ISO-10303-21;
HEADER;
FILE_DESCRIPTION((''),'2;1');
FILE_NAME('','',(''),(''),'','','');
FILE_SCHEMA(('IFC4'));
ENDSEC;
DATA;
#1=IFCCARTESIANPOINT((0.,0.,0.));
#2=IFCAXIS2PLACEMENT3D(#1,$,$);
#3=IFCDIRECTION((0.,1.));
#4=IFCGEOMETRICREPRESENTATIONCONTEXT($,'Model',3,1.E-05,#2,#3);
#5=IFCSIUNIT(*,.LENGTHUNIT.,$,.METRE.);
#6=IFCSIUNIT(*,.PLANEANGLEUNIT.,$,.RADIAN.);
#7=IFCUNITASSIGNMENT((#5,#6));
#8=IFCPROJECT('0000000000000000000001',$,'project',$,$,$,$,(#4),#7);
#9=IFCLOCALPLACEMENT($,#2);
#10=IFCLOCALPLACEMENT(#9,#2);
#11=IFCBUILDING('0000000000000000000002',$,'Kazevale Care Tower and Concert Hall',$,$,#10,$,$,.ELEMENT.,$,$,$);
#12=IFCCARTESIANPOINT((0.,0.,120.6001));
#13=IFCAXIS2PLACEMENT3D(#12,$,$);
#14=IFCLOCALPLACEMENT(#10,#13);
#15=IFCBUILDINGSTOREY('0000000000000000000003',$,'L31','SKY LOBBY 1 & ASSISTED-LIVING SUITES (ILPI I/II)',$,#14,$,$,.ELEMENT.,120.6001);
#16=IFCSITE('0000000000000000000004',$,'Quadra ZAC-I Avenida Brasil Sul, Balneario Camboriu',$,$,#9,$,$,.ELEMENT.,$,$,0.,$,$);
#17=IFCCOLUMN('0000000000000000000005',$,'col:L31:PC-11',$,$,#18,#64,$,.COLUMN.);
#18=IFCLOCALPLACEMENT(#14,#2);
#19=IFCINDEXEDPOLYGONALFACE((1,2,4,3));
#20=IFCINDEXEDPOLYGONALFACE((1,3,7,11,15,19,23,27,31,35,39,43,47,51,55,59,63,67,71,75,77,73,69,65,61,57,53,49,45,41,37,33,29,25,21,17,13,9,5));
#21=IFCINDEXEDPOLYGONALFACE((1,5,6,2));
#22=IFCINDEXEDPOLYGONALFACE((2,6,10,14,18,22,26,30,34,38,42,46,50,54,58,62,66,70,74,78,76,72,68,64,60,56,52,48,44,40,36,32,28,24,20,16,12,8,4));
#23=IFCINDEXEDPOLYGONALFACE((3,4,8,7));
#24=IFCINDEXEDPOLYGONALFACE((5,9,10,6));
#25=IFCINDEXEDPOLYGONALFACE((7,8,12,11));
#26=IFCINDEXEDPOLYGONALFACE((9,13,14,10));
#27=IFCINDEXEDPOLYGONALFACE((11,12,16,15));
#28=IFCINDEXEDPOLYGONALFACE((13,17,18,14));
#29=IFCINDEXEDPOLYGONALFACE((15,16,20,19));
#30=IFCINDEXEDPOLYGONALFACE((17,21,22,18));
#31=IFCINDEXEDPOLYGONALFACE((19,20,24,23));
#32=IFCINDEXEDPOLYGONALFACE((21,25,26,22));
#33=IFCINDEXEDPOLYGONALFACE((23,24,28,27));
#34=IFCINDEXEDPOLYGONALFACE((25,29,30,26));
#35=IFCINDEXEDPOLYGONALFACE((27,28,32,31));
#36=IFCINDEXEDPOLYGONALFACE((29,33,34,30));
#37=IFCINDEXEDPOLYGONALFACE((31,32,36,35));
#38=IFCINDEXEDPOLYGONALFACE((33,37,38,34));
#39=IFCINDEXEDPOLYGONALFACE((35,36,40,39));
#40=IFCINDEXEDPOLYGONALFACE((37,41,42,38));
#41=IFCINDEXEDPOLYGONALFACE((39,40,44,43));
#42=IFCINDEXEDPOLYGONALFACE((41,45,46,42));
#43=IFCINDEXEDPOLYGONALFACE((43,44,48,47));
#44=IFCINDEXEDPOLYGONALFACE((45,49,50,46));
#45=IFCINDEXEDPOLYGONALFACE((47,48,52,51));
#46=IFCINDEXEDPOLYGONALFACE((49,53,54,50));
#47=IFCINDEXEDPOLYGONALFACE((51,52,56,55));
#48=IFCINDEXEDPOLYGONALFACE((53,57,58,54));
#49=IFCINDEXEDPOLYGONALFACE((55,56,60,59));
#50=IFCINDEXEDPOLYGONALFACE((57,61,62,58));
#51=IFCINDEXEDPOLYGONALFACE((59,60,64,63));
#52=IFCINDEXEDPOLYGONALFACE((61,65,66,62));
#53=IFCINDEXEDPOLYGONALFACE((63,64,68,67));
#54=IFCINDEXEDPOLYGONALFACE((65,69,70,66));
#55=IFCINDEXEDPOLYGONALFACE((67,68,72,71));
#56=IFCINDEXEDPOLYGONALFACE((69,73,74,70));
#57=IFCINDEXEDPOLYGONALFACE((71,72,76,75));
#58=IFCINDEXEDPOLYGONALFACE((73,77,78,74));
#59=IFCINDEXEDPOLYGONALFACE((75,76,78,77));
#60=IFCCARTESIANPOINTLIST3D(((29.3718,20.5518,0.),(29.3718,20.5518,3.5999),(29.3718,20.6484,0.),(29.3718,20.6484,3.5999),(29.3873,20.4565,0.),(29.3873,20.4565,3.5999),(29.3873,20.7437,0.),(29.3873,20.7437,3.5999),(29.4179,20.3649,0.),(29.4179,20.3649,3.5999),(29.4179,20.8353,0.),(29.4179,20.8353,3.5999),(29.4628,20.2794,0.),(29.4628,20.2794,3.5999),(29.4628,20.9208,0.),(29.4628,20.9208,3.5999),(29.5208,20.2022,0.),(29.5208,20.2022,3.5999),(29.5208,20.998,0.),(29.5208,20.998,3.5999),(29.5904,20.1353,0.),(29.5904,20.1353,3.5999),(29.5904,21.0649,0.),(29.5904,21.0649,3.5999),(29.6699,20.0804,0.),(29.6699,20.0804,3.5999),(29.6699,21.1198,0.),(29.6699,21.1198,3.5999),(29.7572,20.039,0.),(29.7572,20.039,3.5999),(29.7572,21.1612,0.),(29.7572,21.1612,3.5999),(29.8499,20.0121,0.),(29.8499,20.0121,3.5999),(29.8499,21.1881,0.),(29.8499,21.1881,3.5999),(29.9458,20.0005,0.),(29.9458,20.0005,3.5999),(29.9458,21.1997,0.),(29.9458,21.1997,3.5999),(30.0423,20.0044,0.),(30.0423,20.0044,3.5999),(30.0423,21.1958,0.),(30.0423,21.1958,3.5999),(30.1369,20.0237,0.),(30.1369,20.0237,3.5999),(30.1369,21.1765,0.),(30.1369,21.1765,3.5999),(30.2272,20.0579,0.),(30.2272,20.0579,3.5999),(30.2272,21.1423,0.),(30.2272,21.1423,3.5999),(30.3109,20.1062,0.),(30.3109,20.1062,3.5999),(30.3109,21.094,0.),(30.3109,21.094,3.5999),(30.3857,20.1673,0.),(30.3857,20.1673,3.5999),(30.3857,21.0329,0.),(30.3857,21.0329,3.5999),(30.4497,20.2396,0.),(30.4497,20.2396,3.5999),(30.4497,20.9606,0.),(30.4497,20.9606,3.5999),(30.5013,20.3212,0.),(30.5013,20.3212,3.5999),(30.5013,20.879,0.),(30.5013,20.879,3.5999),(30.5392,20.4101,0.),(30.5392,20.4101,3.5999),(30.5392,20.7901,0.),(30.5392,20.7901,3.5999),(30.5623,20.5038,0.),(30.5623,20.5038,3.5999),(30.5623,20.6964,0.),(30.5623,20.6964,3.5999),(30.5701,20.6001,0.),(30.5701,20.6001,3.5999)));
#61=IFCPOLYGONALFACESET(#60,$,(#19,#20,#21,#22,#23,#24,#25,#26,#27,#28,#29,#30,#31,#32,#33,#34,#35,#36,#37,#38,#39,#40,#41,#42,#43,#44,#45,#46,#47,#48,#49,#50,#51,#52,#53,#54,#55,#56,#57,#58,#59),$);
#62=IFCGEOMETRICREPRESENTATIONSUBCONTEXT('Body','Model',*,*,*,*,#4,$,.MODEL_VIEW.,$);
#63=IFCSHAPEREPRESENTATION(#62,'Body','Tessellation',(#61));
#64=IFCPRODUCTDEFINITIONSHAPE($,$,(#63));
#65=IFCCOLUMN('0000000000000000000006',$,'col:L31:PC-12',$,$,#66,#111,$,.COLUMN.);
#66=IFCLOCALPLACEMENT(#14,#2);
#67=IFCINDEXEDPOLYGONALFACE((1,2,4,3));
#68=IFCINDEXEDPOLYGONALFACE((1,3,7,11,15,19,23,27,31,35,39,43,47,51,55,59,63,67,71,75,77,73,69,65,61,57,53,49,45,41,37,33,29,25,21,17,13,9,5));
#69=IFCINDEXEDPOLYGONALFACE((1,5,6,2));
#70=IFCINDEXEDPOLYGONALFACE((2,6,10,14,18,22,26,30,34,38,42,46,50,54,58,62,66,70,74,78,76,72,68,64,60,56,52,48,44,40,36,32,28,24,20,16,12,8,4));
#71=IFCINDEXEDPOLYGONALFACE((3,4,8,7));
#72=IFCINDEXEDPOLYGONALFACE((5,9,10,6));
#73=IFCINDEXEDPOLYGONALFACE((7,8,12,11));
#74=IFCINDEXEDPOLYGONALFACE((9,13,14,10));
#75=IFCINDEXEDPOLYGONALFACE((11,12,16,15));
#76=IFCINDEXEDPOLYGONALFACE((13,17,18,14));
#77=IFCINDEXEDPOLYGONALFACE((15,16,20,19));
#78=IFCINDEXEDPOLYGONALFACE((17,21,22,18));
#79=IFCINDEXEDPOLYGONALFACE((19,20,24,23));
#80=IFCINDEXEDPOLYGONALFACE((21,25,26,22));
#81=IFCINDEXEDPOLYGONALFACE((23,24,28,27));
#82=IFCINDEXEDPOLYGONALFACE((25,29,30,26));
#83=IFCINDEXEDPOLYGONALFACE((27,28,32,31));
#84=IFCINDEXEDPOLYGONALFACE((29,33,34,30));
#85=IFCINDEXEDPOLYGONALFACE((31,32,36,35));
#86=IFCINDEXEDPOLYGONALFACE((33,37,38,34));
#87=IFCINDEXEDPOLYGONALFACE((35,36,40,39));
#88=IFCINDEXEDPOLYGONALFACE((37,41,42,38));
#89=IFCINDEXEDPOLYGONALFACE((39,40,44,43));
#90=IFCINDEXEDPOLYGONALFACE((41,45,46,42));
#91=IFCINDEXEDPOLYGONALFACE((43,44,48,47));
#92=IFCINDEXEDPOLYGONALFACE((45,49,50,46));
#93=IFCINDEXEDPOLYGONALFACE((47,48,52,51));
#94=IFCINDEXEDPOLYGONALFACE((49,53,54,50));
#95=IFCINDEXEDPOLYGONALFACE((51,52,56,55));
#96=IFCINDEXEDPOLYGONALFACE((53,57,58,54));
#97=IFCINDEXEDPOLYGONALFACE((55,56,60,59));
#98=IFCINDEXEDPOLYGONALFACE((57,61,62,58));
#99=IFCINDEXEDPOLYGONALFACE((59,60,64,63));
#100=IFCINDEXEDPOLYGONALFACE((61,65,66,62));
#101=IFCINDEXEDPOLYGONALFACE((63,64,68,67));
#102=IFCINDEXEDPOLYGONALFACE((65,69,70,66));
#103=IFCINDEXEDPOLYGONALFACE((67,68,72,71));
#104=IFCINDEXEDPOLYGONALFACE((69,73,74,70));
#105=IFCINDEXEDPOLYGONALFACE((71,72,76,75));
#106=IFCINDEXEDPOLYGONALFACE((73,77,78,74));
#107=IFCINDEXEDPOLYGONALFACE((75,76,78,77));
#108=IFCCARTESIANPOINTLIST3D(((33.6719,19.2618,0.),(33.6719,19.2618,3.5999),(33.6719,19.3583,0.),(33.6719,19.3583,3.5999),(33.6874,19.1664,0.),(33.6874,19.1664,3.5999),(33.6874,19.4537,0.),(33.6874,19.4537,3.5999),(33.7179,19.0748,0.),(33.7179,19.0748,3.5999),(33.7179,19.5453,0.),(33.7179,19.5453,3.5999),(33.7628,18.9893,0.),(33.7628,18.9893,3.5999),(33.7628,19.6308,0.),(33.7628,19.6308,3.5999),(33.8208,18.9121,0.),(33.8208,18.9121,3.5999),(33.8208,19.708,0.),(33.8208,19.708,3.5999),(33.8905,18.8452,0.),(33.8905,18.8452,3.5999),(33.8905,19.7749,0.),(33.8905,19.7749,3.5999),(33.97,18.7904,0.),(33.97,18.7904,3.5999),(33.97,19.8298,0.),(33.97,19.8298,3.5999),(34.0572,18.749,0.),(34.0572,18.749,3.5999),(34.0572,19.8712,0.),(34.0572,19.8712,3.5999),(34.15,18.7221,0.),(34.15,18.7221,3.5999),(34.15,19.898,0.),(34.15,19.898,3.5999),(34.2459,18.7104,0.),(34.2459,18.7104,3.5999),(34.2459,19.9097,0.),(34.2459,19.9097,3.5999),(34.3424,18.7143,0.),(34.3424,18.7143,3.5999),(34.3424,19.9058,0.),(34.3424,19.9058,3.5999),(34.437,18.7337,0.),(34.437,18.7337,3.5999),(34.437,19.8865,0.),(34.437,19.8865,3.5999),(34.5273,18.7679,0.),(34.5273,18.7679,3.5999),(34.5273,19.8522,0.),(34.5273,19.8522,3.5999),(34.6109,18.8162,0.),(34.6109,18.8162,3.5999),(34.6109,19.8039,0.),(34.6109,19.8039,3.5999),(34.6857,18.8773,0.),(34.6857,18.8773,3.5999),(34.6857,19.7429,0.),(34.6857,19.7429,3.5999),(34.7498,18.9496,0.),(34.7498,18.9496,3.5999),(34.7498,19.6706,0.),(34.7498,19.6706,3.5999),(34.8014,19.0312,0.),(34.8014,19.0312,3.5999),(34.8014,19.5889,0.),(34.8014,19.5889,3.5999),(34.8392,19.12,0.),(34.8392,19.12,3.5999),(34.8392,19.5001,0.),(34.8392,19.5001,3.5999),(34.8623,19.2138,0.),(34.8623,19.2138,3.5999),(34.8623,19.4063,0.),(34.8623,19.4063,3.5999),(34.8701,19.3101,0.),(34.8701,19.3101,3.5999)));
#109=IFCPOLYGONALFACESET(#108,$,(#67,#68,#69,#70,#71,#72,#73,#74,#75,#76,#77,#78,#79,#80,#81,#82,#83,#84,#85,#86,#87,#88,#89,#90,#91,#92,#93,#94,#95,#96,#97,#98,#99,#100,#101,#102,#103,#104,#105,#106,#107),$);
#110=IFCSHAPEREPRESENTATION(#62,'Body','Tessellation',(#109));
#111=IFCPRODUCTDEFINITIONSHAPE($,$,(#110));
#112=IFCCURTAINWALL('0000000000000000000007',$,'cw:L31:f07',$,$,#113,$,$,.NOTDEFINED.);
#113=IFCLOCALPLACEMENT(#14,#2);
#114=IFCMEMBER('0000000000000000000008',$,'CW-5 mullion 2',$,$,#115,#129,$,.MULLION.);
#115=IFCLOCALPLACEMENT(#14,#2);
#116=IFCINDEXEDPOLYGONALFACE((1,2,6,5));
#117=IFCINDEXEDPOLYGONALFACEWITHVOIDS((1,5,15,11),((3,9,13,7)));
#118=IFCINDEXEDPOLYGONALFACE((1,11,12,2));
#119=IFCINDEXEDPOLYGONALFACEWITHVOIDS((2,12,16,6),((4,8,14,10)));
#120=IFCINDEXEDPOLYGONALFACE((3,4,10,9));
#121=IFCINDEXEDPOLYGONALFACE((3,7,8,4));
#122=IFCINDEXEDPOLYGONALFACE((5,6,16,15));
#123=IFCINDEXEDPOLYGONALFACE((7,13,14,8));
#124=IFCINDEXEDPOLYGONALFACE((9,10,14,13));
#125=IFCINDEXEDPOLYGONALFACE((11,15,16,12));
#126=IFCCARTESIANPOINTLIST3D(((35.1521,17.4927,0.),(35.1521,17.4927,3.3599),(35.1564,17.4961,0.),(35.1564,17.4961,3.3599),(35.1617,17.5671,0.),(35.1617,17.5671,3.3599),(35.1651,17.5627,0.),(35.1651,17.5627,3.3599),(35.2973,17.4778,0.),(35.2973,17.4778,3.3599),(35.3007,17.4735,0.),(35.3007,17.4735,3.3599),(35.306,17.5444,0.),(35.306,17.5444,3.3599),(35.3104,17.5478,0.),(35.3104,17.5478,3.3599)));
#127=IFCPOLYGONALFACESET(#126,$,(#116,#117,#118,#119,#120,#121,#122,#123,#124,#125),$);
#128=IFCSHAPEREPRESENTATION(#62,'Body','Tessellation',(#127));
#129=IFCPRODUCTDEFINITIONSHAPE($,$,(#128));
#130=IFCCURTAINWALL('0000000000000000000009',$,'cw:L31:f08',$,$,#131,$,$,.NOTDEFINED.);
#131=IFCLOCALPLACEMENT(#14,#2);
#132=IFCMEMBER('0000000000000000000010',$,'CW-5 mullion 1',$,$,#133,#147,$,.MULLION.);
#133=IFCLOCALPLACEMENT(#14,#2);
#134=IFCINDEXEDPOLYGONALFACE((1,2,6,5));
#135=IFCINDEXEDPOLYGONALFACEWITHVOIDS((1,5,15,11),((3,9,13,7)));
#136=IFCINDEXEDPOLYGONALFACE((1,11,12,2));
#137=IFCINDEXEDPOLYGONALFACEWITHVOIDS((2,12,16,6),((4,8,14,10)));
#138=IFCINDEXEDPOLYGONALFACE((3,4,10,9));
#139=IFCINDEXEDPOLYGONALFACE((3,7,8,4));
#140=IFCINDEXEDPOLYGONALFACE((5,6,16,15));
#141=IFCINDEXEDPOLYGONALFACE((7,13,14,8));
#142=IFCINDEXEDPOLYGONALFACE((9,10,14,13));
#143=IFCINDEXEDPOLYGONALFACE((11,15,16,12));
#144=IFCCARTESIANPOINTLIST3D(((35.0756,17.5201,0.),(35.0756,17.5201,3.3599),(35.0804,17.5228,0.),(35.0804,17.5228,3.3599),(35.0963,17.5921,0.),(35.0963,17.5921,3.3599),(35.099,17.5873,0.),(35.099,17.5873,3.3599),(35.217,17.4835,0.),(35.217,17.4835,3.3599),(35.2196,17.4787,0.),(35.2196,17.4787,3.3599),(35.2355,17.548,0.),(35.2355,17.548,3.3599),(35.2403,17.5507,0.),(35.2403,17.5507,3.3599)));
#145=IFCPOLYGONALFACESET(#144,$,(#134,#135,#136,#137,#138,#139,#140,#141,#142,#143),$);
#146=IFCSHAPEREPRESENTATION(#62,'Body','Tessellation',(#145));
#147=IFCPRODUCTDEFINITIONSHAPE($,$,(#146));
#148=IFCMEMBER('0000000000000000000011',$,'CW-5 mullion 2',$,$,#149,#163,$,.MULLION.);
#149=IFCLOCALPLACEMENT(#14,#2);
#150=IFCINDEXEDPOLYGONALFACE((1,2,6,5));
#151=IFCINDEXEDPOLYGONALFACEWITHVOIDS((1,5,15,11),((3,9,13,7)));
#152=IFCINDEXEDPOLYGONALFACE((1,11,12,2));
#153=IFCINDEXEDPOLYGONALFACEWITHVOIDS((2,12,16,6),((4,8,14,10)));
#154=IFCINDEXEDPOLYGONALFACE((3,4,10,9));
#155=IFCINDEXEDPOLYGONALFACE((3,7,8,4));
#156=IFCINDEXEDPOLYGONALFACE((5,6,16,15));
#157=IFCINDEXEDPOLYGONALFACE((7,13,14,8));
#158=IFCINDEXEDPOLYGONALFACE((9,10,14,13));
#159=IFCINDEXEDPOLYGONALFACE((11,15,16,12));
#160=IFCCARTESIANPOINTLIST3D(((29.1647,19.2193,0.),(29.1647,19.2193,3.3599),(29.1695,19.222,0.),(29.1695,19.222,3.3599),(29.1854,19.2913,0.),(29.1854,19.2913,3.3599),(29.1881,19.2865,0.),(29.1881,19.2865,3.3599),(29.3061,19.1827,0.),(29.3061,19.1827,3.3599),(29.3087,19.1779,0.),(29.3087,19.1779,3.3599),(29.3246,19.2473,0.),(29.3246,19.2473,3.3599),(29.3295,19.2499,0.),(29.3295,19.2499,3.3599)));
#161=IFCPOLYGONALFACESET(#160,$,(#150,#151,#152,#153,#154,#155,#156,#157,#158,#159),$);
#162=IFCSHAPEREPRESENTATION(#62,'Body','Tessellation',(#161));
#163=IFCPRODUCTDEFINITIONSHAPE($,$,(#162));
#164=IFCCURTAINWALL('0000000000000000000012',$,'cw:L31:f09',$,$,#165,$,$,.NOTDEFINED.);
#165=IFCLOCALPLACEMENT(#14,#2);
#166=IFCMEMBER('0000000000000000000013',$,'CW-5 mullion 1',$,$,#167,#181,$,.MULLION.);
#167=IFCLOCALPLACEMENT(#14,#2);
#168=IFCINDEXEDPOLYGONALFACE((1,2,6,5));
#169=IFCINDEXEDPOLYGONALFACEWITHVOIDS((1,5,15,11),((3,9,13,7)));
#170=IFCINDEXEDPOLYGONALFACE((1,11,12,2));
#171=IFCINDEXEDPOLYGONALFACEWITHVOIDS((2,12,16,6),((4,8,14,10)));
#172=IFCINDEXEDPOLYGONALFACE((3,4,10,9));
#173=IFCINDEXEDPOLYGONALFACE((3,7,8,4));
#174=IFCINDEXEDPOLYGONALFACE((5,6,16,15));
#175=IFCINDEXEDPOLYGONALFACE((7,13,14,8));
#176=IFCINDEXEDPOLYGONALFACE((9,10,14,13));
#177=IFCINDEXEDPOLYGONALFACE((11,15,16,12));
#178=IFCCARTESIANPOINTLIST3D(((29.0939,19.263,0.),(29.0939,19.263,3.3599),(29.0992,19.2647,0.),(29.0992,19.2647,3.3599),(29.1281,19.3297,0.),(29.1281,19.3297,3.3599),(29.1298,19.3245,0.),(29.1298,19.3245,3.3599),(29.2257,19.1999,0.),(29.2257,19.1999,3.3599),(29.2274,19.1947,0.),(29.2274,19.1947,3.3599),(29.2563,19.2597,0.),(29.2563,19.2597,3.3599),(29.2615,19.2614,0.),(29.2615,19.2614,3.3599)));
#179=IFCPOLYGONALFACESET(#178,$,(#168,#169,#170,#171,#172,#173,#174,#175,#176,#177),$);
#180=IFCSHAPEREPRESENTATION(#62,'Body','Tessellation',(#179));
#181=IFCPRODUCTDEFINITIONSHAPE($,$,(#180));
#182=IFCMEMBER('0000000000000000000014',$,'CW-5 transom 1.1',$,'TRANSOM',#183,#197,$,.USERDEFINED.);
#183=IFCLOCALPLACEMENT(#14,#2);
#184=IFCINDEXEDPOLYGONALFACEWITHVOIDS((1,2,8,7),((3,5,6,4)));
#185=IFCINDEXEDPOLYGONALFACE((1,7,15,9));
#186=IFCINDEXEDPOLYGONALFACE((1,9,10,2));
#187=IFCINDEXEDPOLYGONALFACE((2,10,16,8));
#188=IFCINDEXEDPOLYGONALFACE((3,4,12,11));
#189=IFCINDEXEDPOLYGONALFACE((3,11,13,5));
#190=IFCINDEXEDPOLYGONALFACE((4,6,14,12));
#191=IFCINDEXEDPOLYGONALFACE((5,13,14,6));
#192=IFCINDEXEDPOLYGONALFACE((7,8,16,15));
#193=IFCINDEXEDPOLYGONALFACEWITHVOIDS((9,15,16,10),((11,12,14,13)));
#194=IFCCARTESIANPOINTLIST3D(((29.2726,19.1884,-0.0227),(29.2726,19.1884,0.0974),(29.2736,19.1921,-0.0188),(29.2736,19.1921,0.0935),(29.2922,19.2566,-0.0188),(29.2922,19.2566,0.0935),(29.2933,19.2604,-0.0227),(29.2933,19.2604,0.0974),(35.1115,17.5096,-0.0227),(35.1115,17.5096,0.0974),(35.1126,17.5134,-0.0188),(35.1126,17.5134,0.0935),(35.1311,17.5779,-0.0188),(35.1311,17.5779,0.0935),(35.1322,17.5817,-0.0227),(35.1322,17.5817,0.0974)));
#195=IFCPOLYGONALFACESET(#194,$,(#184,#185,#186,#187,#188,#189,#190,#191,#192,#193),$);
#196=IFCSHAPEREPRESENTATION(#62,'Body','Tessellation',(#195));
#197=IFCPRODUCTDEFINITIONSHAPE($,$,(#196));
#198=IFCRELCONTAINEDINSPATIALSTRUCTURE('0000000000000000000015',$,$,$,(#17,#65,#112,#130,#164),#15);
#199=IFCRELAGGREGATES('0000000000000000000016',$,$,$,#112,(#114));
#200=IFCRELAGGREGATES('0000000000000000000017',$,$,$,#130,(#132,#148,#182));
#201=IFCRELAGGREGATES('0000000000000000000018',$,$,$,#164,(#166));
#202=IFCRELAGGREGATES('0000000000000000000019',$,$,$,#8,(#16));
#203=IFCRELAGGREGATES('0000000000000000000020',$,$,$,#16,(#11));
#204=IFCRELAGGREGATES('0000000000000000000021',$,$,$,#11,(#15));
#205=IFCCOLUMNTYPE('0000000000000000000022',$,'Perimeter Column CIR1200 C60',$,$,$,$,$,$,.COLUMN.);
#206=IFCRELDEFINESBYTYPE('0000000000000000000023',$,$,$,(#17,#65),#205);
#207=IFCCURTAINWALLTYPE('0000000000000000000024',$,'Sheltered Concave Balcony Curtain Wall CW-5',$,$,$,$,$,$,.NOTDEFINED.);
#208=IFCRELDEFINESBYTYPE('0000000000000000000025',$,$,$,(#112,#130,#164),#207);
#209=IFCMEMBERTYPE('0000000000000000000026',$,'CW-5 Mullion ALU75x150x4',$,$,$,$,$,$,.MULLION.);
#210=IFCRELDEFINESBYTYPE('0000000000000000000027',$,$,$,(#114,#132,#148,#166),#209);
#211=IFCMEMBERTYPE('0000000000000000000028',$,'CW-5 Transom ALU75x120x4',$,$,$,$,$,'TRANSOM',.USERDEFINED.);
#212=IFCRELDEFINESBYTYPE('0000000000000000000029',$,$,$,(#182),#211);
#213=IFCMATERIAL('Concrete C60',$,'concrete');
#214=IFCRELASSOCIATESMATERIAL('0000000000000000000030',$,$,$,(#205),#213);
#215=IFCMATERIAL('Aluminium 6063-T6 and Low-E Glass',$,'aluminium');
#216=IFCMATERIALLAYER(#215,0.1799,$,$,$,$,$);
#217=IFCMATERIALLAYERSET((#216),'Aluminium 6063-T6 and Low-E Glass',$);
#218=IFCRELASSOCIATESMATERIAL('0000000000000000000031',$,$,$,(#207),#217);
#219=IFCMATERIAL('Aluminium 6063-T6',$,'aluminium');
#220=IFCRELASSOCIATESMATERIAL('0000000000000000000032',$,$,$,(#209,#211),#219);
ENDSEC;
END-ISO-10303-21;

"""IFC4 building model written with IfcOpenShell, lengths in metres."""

from ifc_helpers import new_model, si_unit, direction, frame, origin, origin_2d, place, context, subcontext, project, spatial, hollow_rectangle, circle, extrude, material, layer, layer_set, material_profile, profile_set, type_object, element, aggregate, save


model = new_model("IFC4")

# Units and contexts
model_context = context("Model", 3, precision=1e-05, world=origin(), true_north=direction((0.0, 1.0)))
body_context = subcontext(model_context, "Body", "Model", "MODEL_VIEW")
ifc_project = project(units=[si_unit("LENGTHUNIT", "METRE"), si_unit("PLANEANGLEUNIT", "RADIAN")], contexts=[model_context])

# Site, building, storey
site_placement = place(None, origin())
site = spatial("IfcSite", under=ifc_project, at=site_placement, Name="Quadra ZAC-I Avenida Brasil Sul, Balneario Camboriu", CompositionType="ELEMENT", RefElevation=0.0)
building_placement = place(site_placement, origin())
building = spatial("IfcBuilding", under=site, at=building_placement, Name="Kazevale Care Tower and Concert Hall", CompositionType="ELEMENT")
storey_placement = place(building_placement, frame((0.0, 0.0, 120.6001)))
storey = spatial("IfcBuildingStorey", under=building, at=storey_placement, Name="L31", Description="SKY LOBBY 1 & ASSISTED-LIVING SUITES (ILPI I/II)", CompositionType="ELEMENT", Elevation=120.6001)

# Columns
ifc_material_1 = material(Name="Concrete C60", Category="concrete")
ifc_material_profile_1 = material_profile(ifc_material_1, circle(Radius=0.6001, at=origin_2d()), Name="RC-CIR1200")
ifc_profile_set_1 = profile_set([ifc_material_profile_1], Name="Concrete C60")
column_type = type_object("IfcColumnType", Name="Perimeter Column CIR1200 C60", PredefinedType="COLUMN", material=ifc_profile_set_1)
for number, where, z_axis, x_axis, name in (
    (1, (29.97, 20.6001, 0.0), (0.0, 0.0, 1.0), (1.0, 0.0, 0.0), "col:L31:PC-11"),
    (2, (34.27, 19.3101, 0.0), (0.0, 0.0, 1.0), (1.0, 0.0, 0.0), "col:L31:PC-12"),
):
    element("IfcColumn", number, at=place(storey_placement, frame(where, z_axis=z_axis, x_axis=x_axis)), inside=storey, type_object=column_type, Name=name, PredefinedType="COLUMN", context=body_context, shape_type="SweptSolid", body=[
        extrude(circle(Radius=0.6001, at=origin_2d()), origin(), (0.0, 0.0, 1.0), 3.5999),
    ])

# Curtain wall, member
ifc_material_2 = material(Name="Aluminium 6063-T6 and Low-E Glass", Category="aluminium")
ifc_layer_1 = layer(ifc_material_2, 0.1799)
ifc_layer_set_1 = layer_set([ifc_layer_1], Name="Aluminium 6063-T6 and Low-E Glass")
curtain_wall_type = type_object("IfcCurtainWallType", Name="Sheltered Concave Balcony Curtain Wall CW-5", PredefinedType="NOTDEFINED", material=ifc_layer_set_1)
curtain_wall_1_placement = place(storey_placement, origin())
curtain_wall_1 = element("IfcCurtainWall", 3, at=curtain_wall_1_placement, inside=storey, type_object=curtain_wall_type, Name="cw:L31:f07", PredefinedType="NOTDEFINED")
ifc_material_3 = material(Name="Aluminium 6063-T6", Category="aluminium")
ifc_material_profile_2 = material_profile(ifc_material_3, hollow_rectangle(XDim=0.075, YDim=0.1499, WallThickness=0.0039, at=origin_2d()), Name="ALU75x150x4")
ifc_profile_set_2 = profile_set([ifc_material_profile_2], Name="Aluminium 6063-T6")
member_type_1 = type_object("IfcMemberType", Name="CW-5 Mullion ALU75x150x4", PredefinedType="MULLION", material=ifc_profile_set_2)
member_1_placement = place(storey_placement, frame((35.2312, 17.5203, 0.0), z_axis=(0.0, 0.0, 1.0), x_axis=(-0.128685, -0.991686, 0.0)))
member_1 = element("IfcMember", 4, at=member_1_placement, type_object=member_type_1, Name="CW-5 mullion 2", PredefinedType="MULLION", context=body_context, shape_type="SweptSolid", body=[
    extrude(hollow_rectangle(XDim=0.075, YDim=0.1499, WallThickness=0.0039, at=origin_2d()), origin(), (0.0, 0.0, 1.0), 3.3599),
])
aggregate(curtain_wall_1, [member_1])

# Curtain wall, members
curtain_wall_2_placement = place(storey_placement, origin())
curtain_wall_2 = element("IfcCurtainWall", 5, at=curtain_wall_2_placement, inside=storey, type_object=curtain_wall_type, Name="cw:L31:f08", PredefinedType="NOTDEFINED")
member_2_placement = place(storey_placement, frame((35.158, 17.5354, 0.0), z_axis=(0.0, 0.0, 1.0), x_axis=(-0.276291, -0.961074, 0.0)))
member_2 = element("IfcMember", 6, at=member_2_placement, type_object=member_type_1, Name="CW-5 mullion 1", PredefinedType="MULLION", context=body_context, shape_type="SweptSolid", body=[
    extrude(hollow_rectangle(XDim=0.075, YDim=0.1499, WallThickness=0.0039, at=origin_2d()), origin(), (0.0, 0.0, 1.0), 3.3599),
])
member_3_placement = place(storey_placement, frame((29.2471, 19.2346, 0.0), z_axis=(0.0, 0.0, 1.0), x_axis=(-0.276291, -0.961074, 0.0)))
member_3 = element("IfcMember", 7, at=member_3_placement, type_object=member_type_1, Name="CW-5 mullion 2", PredefinedType="MULLION", context=body_context, shape_type="SweptSolid", body=[
    extrude(hollow_rectangle(XDim=0.075, YDim=0.1499, WallThickness=0.0039, at=origin_2d()), origin(), (0.0, 0.0, 1.0), 3.3599),
])

# Curtain wall, member
curtain_wall_3_placement = place(storey_placement, origin())
curtain_wall_3 = element("IfcCurtainWall", 8, at=curtain_wall_3_placement, inside=storey, type_object=curtain_wall_type, Name="cw:L31:f09", PredefinedType="NOTDEFINED")
member_4_placement = place(storey_placement, frame((29.1777, 19.2622, 0.0), z_axis=(0.0, 0.0, 1.0), x_axis=(-0.455713, -0.890127, 0.0)))
member_4 = element("IfcMember", 9, at=member_4_placement, type_object=member_type_1, Name="CW-5 mullion 1", PredefinedType="MULLION", context=body_context, shape_type="SweptSolid", body=[
    extrude(hollow_rectangle(XDim=0.075, YDim=0.1499, WallThickness=0.0039, at=origin_2d()), origin(), (0.0, 0.0, 1.0), 3.3599),
])

# Member
ifc_material_profile_3 = material_profile(ifc_material_3, hollow_rectangle(XDim=0.075, YDim=0.1201, WallThickness=0.0039, at=origin_2d()), Name="ALU75x120x4")
ifc_profile_set_3 = profile_set([ifc_material_profile_3], Name="Aluminium 6063-T6")
member_type_2 = type_object("IfcMemberType", Name="CW-5 Transom ALU75x120x4", ElementType="TRANSOM", PredefinedType="USERDEFINED", material=ifc_profile_set_3)
member_5_placement = place(storey_placement, frame((35.1218, 17.5457, 0.0374), z_axis=(-0.961068, 0.276313, 0.0), x_axis=(-0.276313, -0.961068, 0.0)))
member_5 = element("IfcMember", 10, at=member_5_placement, type_object=member_type_2, Name="CW-5 transom 1.1", ObjectType="TRANSOM", PredefinedType="USERDEFINED", context=body_context, shape_type="SweptSolid", body=[
    extrude(hollow_rectangle(XDim=0.075, YDim=0.1201, WallThickness=0.0039, at=origin_2d()), origin(), (0.0, 0.0, 1.0), 6.0754),
])

aggregate(curtain_wall_2, [member_2, member_3, member_5])
aggregate(curtain_wall_3, [member_4])

save(model, "model.ifc")
